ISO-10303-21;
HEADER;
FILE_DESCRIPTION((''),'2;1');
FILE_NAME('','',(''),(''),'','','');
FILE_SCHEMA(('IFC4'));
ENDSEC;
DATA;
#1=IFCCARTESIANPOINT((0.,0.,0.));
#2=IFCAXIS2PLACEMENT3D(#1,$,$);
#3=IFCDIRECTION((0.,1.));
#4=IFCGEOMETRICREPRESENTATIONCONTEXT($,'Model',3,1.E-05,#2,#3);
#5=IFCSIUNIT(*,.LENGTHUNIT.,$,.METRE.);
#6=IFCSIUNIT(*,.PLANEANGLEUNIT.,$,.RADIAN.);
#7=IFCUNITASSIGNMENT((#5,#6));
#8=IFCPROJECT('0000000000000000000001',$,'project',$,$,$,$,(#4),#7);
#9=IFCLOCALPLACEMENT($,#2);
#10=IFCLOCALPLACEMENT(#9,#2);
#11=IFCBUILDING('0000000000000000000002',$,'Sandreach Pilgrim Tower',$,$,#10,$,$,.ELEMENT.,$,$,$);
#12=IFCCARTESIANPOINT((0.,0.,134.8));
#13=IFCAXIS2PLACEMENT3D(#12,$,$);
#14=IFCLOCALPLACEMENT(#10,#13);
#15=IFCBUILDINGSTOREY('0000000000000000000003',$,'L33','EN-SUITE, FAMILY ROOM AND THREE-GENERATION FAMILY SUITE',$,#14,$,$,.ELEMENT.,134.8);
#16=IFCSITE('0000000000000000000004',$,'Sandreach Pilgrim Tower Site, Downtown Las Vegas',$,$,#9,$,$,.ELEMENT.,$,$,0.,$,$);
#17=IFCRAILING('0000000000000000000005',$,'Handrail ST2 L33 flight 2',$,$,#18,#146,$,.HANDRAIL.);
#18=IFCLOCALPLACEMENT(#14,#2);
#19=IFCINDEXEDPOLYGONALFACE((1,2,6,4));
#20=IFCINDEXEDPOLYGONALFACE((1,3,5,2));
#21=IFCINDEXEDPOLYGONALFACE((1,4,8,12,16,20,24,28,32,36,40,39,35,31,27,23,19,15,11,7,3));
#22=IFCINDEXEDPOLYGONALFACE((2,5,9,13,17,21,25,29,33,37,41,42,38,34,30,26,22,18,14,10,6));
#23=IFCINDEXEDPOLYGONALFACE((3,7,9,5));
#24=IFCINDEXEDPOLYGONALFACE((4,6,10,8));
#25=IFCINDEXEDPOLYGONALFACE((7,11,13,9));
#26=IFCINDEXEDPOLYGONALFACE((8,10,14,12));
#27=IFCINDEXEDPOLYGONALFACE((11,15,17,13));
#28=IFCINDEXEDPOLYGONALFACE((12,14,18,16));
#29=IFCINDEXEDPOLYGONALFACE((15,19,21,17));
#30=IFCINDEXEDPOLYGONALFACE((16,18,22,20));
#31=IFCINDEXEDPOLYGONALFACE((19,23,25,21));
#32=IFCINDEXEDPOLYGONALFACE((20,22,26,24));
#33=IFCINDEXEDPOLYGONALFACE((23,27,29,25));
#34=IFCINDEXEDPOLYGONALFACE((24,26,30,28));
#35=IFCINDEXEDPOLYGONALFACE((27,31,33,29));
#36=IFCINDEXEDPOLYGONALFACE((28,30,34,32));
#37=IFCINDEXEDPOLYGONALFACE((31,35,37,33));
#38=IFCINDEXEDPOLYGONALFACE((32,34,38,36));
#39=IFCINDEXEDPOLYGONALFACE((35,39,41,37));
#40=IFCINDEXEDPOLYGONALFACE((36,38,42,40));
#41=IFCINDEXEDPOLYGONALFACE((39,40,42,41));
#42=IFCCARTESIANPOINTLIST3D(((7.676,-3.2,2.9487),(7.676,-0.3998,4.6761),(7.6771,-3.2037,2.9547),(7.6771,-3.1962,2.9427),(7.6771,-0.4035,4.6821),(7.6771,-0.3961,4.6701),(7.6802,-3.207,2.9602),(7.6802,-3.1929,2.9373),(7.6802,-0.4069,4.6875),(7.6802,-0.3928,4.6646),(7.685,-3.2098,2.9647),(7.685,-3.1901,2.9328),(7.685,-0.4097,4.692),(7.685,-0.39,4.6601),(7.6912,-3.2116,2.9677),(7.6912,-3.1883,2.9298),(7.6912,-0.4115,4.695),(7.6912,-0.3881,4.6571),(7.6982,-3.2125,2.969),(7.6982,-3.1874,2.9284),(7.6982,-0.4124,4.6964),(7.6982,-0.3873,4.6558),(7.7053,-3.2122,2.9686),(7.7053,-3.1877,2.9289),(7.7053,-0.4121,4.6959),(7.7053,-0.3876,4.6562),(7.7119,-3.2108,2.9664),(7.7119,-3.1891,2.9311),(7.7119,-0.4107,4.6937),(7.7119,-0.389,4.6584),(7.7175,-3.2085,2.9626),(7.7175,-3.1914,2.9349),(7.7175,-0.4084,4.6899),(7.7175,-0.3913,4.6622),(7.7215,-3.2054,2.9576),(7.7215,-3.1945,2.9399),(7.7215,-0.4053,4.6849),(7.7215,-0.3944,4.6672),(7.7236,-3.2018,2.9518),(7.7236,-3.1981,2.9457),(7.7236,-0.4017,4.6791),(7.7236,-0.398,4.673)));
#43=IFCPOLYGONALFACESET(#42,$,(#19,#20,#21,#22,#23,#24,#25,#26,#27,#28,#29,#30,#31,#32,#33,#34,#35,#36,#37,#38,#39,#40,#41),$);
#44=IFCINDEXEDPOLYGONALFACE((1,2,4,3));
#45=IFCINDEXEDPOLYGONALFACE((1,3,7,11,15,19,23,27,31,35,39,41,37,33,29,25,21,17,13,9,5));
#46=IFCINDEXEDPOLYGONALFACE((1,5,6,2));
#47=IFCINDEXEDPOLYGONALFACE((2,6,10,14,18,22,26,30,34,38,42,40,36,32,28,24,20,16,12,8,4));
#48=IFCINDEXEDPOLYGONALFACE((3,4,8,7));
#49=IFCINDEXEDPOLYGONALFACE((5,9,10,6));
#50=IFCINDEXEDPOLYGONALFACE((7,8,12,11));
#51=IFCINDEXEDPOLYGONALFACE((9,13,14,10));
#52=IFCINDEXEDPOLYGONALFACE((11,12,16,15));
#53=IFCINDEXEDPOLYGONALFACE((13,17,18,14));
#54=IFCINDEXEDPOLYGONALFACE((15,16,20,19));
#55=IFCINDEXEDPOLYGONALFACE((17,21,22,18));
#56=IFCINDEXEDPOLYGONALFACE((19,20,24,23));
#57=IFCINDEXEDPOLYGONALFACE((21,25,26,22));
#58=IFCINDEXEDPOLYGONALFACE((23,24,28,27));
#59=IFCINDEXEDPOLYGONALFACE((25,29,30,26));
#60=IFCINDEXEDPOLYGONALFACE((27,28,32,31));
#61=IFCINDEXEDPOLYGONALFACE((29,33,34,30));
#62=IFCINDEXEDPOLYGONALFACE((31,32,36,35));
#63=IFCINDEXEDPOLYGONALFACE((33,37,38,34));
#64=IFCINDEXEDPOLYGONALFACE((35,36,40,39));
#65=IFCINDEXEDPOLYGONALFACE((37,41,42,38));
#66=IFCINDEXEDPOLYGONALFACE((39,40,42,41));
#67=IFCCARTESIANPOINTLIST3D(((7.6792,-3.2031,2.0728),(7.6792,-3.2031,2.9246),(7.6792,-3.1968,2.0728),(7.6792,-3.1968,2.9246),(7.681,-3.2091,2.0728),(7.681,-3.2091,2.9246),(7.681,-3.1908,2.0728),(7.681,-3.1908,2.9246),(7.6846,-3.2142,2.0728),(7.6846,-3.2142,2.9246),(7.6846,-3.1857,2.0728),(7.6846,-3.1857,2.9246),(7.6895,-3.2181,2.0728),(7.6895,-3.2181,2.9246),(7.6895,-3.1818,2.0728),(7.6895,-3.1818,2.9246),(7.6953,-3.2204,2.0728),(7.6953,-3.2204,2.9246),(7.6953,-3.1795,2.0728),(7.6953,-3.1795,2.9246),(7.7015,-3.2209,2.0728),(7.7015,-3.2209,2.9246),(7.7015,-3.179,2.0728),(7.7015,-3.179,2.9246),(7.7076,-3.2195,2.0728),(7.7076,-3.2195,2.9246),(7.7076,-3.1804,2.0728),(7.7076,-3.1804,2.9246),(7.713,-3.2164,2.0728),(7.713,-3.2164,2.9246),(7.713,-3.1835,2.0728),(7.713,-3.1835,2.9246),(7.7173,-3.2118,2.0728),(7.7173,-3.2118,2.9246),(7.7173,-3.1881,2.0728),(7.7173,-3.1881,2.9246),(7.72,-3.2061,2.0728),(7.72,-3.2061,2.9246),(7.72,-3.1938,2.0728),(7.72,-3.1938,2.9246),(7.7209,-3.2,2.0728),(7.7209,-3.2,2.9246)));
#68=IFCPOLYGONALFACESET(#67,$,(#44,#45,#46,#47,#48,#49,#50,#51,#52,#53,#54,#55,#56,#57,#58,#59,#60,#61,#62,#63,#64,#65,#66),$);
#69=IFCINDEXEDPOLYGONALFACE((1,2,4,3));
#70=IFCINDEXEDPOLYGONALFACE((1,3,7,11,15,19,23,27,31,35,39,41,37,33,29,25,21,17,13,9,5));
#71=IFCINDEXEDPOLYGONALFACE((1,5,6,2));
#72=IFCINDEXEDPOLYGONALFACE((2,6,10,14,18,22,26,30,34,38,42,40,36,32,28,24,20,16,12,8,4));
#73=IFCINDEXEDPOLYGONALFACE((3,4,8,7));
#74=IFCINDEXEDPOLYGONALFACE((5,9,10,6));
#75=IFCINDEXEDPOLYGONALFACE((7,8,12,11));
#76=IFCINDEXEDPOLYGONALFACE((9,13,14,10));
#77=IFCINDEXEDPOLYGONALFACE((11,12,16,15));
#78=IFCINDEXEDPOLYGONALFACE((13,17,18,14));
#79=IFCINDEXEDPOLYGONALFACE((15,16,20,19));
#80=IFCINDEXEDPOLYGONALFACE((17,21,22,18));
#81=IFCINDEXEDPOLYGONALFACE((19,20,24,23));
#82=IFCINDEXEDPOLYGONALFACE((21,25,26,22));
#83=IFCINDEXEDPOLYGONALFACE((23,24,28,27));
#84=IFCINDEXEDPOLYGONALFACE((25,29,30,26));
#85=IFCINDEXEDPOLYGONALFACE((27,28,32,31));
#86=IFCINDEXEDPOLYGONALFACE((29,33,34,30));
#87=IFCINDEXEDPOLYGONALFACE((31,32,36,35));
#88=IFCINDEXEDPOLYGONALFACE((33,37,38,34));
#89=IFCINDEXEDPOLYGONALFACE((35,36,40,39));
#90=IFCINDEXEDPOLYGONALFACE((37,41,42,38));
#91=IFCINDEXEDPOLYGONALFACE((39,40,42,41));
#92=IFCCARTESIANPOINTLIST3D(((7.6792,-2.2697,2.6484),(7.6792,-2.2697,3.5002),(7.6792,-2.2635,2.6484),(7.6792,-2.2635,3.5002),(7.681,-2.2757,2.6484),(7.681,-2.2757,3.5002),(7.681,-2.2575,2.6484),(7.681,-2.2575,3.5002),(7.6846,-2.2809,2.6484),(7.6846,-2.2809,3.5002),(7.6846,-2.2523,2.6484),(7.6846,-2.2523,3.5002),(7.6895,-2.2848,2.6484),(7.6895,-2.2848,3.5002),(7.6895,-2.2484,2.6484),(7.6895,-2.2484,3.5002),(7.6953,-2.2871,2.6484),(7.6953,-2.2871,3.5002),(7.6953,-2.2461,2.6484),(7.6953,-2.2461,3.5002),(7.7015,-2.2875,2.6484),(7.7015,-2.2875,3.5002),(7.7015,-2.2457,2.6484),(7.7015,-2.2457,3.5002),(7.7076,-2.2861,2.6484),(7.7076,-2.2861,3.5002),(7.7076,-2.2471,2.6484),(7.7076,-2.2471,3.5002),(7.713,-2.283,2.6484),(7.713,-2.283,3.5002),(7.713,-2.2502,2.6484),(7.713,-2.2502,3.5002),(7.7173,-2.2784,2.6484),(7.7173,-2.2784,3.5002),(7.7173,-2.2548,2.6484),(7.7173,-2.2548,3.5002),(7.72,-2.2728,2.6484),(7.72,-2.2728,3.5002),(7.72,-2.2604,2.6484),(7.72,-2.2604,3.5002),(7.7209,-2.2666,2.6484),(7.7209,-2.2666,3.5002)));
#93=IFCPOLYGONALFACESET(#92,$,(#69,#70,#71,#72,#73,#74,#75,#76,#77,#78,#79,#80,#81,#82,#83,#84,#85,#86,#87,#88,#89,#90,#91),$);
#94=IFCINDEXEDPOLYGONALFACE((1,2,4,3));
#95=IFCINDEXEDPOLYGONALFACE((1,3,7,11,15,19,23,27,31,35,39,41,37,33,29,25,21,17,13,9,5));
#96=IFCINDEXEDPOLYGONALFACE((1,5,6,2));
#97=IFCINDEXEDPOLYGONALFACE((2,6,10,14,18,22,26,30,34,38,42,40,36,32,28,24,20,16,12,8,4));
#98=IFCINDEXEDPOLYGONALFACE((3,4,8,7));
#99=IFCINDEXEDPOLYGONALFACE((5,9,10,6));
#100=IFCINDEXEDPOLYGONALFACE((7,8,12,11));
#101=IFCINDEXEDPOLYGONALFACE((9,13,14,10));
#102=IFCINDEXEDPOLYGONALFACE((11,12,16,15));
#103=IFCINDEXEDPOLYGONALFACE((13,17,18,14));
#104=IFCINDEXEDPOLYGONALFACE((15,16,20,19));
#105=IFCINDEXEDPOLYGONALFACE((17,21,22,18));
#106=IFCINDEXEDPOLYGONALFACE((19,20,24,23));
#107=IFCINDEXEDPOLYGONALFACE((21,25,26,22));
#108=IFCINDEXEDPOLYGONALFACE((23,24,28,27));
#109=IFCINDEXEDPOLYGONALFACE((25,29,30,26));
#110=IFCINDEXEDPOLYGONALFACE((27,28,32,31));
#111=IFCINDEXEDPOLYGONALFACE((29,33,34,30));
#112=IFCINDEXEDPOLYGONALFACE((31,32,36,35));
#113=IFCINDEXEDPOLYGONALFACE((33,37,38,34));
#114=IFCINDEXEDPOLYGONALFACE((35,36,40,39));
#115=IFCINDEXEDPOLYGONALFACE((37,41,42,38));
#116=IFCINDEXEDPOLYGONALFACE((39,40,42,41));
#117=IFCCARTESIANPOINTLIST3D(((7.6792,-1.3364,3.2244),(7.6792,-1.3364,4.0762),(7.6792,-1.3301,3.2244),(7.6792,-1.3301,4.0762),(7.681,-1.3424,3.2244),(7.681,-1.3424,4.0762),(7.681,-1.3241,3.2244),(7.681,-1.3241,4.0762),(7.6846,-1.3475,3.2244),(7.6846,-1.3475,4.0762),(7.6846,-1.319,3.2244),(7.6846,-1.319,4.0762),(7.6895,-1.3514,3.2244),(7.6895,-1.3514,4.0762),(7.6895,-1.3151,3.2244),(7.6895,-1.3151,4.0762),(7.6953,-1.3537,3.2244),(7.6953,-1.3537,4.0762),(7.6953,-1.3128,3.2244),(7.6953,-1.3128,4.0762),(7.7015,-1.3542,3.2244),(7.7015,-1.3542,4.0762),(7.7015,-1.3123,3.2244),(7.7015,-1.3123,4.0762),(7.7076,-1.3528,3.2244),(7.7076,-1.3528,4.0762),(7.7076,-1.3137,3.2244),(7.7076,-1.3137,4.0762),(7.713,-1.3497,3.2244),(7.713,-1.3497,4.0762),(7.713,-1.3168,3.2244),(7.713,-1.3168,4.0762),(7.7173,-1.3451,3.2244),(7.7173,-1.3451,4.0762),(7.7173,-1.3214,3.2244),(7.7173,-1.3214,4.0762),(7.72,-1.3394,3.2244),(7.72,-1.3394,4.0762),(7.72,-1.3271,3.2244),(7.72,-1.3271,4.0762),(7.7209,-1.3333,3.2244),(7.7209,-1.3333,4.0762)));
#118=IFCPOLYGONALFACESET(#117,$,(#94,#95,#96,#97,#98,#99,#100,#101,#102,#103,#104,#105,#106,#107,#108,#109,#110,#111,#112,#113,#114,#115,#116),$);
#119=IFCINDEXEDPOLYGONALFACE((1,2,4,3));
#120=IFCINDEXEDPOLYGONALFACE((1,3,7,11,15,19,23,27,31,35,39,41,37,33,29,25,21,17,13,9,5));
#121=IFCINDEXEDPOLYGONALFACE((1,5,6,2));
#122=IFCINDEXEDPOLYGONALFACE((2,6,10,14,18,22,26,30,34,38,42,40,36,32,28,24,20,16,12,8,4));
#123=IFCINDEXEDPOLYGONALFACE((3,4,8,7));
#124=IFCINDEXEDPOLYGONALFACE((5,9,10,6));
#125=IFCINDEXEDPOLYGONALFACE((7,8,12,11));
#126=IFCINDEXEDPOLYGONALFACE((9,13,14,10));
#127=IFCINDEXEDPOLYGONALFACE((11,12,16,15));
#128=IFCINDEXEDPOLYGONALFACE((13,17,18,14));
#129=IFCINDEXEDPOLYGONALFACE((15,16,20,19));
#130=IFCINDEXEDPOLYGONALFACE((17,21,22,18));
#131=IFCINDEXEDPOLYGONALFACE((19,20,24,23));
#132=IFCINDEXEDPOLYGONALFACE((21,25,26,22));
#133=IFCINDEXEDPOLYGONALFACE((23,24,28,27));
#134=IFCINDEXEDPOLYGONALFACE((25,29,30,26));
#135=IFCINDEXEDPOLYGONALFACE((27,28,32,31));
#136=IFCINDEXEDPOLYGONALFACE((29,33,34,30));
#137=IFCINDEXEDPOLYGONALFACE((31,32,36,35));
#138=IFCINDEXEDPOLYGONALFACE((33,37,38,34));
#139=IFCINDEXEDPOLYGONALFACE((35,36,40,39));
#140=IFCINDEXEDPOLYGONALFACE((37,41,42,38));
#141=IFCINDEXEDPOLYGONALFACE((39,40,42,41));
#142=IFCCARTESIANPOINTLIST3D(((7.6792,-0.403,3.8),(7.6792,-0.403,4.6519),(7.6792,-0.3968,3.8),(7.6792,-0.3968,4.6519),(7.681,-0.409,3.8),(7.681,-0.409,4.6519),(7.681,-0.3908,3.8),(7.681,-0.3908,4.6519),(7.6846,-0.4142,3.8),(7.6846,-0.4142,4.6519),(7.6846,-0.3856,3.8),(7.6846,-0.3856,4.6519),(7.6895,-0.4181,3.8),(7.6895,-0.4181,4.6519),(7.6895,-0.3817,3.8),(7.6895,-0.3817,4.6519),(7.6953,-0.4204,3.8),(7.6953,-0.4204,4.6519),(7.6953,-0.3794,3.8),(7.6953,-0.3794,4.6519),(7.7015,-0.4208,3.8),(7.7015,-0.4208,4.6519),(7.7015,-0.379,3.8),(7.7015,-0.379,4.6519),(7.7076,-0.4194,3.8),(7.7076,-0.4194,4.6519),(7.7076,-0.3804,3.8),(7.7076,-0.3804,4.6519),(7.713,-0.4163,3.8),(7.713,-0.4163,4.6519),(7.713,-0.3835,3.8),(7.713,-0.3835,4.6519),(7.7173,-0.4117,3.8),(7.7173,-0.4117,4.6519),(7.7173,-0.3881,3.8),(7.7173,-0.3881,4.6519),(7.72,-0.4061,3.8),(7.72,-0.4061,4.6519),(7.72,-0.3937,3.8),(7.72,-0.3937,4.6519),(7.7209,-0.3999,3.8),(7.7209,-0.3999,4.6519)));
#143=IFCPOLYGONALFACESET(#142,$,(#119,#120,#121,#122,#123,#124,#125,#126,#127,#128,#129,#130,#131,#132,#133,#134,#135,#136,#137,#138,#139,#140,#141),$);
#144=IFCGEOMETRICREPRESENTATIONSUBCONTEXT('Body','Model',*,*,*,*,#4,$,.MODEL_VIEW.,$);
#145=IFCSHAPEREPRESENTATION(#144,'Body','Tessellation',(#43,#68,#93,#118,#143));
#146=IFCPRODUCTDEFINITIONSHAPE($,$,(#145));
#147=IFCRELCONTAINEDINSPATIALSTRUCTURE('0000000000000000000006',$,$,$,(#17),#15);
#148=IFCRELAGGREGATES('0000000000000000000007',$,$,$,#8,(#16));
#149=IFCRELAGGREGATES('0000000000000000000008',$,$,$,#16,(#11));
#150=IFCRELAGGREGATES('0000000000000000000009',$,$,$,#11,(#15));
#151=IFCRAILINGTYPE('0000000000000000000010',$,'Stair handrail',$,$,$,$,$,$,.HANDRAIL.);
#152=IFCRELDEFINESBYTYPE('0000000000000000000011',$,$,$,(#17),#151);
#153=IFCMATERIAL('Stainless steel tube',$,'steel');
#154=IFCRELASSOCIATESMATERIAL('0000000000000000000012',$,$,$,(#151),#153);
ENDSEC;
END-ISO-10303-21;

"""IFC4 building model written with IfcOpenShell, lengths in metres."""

from ifc_helpers import new_model, si_unit, direction, frame, origin, origin_2d, place, context, subcontext, project, spatial, circle, extrude, material, type_object, element, save


model = new_model("IFC4")

# Units and contexts
model_context = context("Model", 3, precision=1e-05, world=origin(), true_north=direction((0.0, 1.0)))
body_context = subcontext(model_context, "Body", "Model", "MODEL_VIEW")
ifc_project = project(units=[si_unit("LENGTHUNIT", "METRE"), si_unit("PLANEANGLEUNIT", "RADIAN")], contexts=[model_context])

# Site, building, storey
site_placement = place(None, origin())
site = spatial("IfcSite", under=ifc_project, at=site_placement, Name="Sandreach Pilgrim Tower Site, Downtown Las Vegas", CompositionType="ELEMENT", RefElevation=0.0)
building_placement = place(site_placement, origin())
building = spatial("IfcBuilding", under=site, at=building_placement, Name="Sandreach Pilgrim Tower", CompositionType="ELEMENT")
storey_placement = place(building_placement, frame((0.0, 0.0, 134.8)))
storey = spatial("IfcBuildingStorey", under=building, at=storey_placement, Name="L33", Description="EN-SUITE, FAMILY ROOM AND THREE-GENERATION FAMILY SUITE", CompositionType="ELEMENT", Elevation=134.8)

# Railing
ifc_material_1 = material(Name="Stainless steel tube", Category="steel")
railing_type = type_object("IfcRailingType", Name="Stair handrail", PredefinedType="HANDRAIL", material=ifc_material_1)
railing_placement = place(storey_placement, frame((7.7, -3.2, 2.0728)))
element("IfcRailing", 1, at=railing_placement, inside=storey, type_object=railing_type, Name="Handrail ST2 L33 flight 2", PredefinedType="HANDRAIL", context=body_context, shape_type="SweptSolid", body=[
    extrude(circle(Radius=0.0239, at=origin_2d()), frame((0.0, 0.0, 0.876), z_axis=(0.0, 0.85109, 0.52502), x_axis=(-1.0, 0.0, 0.0)), (0.0, 0.0, 1.0), 3.29),
    extrude(circle(Radius=0.021, at=origin_2d()), origin(), (0.0, 0.0, 1.0), 0.8518),
    extrude(circle(Radius=0.021, at=origin_2d()), frame((0.0, 0.9333, 0.5757)), (0.0, 0.0, 1.0), 0.8518),
    extrude(circle(Radius=0.021, at=origin_2d()), frame((0.0, 1.8667, 1.1516)), (0.0, 0.0, 1.0), 0.8518),
    extrude(circle(Radius=0.021, at=origin_2d()), frame((0.0, 2.8, 1.7273)), (0.0, 0.0, 1.0), 0.8518),
])

save(model, "model.ifc")
